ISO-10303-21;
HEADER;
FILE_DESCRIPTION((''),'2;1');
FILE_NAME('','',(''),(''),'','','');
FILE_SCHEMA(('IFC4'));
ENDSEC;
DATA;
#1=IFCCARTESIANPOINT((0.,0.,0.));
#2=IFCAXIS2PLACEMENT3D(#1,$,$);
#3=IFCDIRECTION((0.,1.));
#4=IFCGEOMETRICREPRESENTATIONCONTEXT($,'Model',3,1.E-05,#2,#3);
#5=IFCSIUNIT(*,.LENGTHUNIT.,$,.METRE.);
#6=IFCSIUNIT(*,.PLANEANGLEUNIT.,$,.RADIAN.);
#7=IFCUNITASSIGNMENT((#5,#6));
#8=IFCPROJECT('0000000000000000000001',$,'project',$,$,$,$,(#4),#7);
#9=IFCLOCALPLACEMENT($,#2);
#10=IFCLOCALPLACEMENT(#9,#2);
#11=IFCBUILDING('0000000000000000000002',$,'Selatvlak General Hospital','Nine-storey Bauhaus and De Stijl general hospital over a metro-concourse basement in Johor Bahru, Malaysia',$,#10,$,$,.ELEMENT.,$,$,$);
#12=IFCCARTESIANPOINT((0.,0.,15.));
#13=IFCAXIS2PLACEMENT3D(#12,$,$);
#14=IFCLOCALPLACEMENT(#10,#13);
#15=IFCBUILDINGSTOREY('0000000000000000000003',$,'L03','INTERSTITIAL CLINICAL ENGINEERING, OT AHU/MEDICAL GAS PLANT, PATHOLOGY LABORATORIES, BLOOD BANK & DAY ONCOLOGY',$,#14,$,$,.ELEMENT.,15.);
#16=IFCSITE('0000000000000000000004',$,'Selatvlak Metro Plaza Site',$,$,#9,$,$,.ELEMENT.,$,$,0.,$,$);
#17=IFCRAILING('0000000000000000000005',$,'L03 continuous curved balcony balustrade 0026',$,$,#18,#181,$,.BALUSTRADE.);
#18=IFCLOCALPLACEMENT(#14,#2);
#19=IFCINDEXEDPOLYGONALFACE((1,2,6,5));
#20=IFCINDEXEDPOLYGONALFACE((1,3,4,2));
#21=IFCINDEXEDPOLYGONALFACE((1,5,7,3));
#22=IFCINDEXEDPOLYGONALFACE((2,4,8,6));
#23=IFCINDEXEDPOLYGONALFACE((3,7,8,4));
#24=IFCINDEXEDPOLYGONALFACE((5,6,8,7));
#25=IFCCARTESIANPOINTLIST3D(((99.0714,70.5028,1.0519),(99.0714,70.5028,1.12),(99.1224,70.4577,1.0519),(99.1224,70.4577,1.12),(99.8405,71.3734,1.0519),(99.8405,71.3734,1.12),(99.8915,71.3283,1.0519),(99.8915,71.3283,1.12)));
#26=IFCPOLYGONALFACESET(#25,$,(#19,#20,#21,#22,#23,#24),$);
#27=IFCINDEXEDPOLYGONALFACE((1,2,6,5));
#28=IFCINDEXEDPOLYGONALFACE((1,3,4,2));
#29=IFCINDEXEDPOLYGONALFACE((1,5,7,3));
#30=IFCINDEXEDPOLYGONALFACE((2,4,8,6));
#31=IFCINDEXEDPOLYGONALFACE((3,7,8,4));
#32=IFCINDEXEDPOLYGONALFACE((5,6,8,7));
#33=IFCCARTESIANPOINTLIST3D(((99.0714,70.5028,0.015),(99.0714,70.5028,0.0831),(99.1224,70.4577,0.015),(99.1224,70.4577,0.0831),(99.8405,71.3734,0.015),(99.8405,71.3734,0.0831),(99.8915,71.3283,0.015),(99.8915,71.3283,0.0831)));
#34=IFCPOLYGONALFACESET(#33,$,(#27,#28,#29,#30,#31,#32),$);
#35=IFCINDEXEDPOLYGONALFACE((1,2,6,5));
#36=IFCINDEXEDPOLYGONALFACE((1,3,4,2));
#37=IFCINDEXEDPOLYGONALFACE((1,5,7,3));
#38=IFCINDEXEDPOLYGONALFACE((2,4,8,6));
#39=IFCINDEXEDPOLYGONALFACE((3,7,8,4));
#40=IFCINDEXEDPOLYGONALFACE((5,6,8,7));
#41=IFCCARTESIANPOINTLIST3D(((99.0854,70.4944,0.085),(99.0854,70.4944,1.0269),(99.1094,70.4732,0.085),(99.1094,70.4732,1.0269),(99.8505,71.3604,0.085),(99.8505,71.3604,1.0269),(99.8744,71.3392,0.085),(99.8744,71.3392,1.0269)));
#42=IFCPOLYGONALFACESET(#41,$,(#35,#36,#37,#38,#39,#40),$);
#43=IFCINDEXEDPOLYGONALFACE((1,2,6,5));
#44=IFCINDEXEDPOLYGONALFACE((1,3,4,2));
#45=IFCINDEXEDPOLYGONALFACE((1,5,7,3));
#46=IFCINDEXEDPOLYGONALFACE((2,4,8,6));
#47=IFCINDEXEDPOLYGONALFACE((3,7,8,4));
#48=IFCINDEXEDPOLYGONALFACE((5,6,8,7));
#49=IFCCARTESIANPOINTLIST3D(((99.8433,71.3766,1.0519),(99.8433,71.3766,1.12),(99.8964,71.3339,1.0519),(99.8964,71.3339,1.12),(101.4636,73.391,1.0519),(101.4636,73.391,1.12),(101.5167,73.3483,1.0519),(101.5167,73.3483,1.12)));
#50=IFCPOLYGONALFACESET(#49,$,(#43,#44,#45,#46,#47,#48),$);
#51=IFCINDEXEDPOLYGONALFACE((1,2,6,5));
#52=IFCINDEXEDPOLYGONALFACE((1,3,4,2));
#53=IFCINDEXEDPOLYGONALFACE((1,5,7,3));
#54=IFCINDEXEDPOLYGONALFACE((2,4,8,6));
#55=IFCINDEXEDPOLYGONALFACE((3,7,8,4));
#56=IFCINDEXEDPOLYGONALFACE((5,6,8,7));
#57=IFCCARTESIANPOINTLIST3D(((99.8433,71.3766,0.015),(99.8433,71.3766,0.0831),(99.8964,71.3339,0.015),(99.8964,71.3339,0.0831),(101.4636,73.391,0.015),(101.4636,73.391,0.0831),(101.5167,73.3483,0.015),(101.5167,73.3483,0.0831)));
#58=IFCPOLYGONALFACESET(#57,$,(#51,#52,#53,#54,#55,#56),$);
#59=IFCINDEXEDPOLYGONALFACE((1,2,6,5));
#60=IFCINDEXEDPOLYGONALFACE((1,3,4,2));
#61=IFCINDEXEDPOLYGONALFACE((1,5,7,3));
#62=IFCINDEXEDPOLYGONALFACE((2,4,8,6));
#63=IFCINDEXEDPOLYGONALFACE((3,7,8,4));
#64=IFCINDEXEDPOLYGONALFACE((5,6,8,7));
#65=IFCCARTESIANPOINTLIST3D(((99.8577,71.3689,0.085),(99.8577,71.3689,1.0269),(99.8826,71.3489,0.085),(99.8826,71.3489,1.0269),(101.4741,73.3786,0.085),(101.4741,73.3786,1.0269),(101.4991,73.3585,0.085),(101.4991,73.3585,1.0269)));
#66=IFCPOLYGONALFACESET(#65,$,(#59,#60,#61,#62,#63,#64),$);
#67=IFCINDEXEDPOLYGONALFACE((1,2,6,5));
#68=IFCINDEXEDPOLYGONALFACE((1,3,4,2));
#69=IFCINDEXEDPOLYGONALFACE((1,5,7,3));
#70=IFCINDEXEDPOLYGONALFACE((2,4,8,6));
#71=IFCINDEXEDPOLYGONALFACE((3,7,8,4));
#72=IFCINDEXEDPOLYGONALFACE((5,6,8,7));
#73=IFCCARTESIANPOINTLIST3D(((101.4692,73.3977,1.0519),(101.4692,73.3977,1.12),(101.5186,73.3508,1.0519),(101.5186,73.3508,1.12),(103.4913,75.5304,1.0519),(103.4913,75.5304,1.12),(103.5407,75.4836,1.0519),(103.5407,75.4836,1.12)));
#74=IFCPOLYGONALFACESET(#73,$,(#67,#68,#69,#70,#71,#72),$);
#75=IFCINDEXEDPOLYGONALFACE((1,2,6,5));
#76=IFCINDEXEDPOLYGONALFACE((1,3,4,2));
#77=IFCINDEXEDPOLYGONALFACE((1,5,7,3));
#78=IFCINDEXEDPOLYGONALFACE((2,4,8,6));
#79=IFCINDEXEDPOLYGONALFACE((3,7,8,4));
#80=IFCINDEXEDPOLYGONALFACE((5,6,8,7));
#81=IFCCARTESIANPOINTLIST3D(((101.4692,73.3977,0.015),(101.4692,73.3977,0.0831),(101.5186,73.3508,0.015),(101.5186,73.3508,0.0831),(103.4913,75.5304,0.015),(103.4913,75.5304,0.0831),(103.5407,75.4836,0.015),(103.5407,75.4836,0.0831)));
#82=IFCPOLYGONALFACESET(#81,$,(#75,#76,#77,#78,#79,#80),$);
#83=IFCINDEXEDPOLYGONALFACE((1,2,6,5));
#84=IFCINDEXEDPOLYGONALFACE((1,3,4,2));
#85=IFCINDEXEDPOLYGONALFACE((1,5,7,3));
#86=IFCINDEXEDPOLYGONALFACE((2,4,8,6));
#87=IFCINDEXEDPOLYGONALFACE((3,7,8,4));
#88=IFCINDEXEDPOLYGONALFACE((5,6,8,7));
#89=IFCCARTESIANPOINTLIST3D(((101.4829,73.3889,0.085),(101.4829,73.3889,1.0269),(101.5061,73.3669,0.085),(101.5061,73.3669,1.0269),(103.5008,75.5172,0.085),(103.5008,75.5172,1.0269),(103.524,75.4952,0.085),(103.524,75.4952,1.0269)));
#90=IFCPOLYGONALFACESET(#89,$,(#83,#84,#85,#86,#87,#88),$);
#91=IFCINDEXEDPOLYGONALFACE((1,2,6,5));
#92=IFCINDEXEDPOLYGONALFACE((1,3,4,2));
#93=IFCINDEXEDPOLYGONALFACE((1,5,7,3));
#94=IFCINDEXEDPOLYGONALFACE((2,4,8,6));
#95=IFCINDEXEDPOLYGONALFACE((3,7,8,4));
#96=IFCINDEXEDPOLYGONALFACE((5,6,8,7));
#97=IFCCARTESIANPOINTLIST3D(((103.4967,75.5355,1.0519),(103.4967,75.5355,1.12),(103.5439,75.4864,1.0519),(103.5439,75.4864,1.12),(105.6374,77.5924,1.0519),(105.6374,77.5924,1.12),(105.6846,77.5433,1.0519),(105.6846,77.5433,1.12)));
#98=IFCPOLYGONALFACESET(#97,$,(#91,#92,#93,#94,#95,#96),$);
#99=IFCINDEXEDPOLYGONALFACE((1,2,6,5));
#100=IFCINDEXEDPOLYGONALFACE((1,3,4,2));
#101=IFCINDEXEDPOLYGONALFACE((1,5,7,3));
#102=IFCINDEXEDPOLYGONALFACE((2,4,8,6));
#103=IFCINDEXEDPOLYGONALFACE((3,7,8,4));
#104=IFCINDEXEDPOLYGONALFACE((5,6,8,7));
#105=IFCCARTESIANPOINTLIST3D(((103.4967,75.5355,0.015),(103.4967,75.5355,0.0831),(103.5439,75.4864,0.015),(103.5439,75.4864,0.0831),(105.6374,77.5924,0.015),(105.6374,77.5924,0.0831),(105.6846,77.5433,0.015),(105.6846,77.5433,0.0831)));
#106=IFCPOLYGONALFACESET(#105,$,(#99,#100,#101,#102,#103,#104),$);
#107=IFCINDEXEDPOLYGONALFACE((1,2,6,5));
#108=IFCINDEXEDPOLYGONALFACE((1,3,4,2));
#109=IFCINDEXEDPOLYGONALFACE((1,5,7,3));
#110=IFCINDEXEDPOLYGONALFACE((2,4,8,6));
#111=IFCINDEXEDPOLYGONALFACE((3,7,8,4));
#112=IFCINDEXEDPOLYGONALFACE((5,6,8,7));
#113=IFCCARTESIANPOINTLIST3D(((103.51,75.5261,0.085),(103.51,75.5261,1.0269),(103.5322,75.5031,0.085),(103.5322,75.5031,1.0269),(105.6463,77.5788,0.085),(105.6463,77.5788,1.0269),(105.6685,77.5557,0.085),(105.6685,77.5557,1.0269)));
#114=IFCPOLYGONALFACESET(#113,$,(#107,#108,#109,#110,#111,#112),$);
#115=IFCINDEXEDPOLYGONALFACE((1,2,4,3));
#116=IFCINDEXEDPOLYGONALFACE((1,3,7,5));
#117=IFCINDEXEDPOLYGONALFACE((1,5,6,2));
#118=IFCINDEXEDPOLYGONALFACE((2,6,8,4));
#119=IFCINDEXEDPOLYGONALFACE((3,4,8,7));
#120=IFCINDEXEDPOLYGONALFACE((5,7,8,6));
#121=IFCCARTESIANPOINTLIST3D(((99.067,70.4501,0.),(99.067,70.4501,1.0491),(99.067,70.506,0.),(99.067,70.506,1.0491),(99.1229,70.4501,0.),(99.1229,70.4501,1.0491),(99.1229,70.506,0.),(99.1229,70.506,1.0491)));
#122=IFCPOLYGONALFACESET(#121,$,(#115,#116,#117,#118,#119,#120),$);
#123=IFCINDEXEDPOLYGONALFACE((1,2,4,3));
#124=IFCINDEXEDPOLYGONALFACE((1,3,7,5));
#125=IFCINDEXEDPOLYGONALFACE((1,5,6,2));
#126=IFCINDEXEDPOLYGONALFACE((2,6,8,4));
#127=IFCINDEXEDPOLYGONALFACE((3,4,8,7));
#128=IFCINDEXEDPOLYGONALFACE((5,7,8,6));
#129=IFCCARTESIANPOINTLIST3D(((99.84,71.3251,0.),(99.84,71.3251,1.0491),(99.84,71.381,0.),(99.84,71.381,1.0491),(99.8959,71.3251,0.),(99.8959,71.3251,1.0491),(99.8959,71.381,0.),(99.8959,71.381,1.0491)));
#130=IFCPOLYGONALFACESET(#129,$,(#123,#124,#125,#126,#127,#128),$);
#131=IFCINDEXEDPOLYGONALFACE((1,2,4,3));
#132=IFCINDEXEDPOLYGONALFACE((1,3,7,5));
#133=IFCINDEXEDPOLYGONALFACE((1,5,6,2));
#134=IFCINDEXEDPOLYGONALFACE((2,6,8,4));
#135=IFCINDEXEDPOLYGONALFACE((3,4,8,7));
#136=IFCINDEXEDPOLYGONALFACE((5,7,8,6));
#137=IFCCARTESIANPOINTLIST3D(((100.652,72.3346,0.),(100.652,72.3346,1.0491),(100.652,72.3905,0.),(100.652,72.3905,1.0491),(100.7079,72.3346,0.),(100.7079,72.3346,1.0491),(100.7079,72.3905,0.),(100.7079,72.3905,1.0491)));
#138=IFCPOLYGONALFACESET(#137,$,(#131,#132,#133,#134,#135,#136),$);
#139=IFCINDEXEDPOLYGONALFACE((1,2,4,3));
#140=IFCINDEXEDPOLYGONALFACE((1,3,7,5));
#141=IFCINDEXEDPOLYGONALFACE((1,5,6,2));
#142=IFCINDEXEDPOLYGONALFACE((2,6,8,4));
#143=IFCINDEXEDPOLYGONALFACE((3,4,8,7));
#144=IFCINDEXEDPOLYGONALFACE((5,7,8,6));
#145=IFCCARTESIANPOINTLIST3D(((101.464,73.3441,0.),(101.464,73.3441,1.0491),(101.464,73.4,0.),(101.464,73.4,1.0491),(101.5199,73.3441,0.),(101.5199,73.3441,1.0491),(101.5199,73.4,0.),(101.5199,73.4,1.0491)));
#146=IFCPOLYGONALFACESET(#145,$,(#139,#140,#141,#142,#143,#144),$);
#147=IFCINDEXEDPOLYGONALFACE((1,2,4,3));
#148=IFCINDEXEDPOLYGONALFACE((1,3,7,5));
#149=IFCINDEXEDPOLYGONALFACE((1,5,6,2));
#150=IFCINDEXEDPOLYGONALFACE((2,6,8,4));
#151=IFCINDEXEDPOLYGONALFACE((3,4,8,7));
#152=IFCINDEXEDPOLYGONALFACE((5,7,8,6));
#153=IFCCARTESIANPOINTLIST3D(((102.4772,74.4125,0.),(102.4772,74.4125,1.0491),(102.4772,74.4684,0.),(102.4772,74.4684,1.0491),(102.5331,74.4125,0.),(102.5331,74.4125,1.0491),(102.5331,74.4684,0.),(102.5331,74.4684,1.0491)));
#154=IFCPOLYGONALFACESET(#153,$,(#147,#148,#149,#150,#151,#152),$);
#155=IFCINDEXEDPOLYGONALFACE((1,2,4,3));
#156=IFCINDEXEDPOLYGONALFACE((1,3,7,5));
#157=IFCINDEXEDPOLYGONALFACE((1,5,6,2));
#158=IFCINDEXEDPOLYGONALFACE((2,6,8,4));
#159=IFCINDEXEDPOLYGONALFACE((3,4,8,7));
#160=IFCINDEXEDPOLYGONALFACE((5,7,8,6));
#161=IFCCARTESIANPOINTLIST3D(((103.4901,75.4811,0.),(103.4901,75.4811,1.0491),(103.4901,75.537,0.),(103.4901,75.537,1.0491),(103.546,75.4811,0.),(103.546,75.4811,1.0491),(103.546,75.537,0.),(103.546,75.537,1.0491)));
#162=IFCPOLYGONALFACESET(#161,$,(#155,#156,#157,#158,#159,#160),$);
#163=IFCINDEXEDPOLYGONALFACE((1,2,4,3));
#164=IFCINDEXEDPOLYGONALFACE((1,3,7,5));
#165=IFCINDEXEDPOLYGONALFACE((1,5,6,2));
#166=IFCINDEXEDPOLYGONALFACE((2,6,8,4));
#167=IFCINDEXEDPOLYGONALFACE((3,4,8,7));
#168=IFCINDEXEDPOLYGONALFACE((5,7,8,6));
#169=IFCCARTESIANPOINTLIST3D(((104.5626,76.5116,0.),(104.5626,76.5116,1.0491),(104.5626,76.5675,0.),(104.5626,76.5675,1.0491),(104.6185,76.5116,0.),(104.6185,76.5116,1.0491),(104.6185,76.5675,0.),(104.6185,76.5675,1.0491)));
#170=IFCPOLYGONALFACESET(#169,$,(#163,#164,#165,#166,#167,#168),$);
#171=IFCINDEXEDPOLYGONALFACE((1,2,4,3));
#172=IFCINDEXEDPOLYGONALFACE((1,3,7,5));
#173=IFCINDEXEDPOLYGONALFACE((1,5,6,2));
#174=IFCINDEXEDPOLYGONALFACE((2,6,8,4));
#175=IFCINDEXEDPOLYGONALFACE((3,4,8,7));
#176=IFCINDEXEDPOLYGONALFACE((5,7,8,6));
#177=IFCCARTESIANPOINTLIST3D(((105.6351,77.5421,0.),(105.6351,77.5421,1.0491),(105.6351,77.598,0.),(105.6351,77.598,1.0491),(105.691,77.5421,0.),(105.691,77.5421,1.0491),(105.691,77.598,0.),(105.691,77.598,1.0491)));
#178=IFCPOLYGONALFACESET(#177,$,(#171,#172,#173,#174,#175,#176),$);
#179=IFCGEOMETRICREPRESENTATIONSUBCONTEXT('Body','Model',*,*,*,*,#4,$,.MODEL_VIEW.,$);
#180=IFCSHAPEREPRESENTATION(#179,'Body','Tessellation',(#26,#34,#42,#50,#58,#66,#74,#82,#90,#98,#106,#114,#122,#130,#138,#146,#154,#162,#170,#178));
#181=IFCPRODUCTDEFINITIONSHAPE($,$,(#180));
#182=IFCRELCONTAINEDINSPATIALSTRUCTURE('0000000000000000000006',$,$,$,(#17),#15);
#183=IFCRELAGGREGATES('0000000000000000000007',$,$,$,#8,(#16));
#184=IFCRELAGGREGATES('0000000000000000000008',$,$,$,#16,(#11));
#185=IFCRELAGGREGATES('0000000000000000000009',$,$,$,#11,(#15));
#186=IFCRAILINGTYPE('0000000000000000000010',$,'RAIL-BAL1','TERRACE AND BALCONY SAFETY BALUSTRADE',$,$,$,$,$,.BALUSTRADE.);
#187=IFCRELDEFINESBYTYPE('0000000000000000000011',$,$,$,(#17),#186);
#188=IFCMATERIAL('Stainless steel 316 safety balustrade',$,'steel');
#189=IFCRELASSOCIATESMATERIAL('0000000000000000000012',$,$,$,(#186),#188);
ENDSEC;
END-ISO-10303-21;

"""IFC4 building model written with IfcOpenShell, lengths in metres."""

from ifc_helpers import new_model, si_unit, direction, frame, origin, origin_2d, place, context, subcontext, project, spatial, polyline, rectangle, outline, extrude, material, type_object, element, save


model = new_model("IFC4")

# Units and contexts
model_context = context("Model", 3, precision=1e-05, world=origin(), true_north=direction((0.0, 1.0)))
body_context = subcontext(model_context, "Body", "Model", "MODEL_VIEW")
ifc_project = project(units=[si_unit("LENGTHUNIT", "METRE"), si_unit("PLANEANGLEUNIT", "RADIAN")], contexts=[model_context])

# Site, building, storey
site_placement = place(None, origin())
site = spatial("IfcSite", under=ifc_project, at=site_placement, Name="Selatvlak Metro Plaza Site", CompositionType="ELEMENT", RefElevation=0.0)
building_placement = place(site_placement, origin())
building = spatial("IfcBuilding", under=site, at=building_placement, Name="Selatvlak General Hospital", Description="Nine-storey Bauhaus and De Stijl general hospital over a metro-concourse basement in Johor Bahru, Malaysia", CompositionType="ELEMENT")
storey_placement = place(building_placement, frame((0.0, 0.0, 15.0)))
storey = spatial("IfcBuildingStorey", under=building, at=storey_placement, Name="L03", Description="INTERSTITIAL CLINICAL ENGINEERING, OT AHU/MEDICAL GAS PLANT, PATHOLOGY LABORATORIES, BLOOD BANK & DAY ONCOLOGY", CompositionType="ELEMENT", Elevation=15.0)

# Railing
ifc_material_1 = material(Name="Stainless steel 316 safety balustrade", Category="steel")
railing_type = type_object("IfcRailingType", Name="RAIL-BAL1", Description="TERRACE AND BALCONY SAFETY BALUSTRADE", PredefinedType="BALUSTRADE", material=ifc_material_1)
railing_placement = place(storey_placement, frame((99.095, 70.478, 0.0)))
element("IfcRailing", 1, at=railing_placement, inside=storey, type_object=railing_type, Name="L03 continuous curved balcony balustrade 0026", PredefinedType="BALUSTRADE", context=body_context, shape_type="SweptSolid", body=[
    extrude(rectangle(XDim=0.0681, YDim=0.0681, at=origin_2d()), frame((0.002, 0.0022, 1.0859), z_axis=(0.66205, 0.749459, 0.0), x_axis=(-0.749459, 0.66205, 0.0)), (0.0, 0.0, 1.0), 1.1616),
    extrude(rectangle(XDim=0.0681, YDim=0.0681, at=origin_2d()), frame((0.002, 0.0022, 0.0491), z_axis=(0.66205, 0.749459, 0.0), x_axis=(-0.749459, 0.66205, 0.0)), (0.0, 0.0, 1.0), 1.1616),
    extrude(outline(polyline([(0.0, 0.0), (1.1555, 0.0), (1.1555, 0.9419), (0.0, 0.9419), (0.0, 0.0)])), frame((-0.0095, 0.0164, 0.085), z_axis=(0.749459, -0.66205, 0.0), x_axis=(0.66205, 0.749459, 0.0)), (0.0, 0.0, 1.0), 0.032),
    extrude(rectangle(XDim=0.0681, YDim=0.0681, at=origin_2d()), frame((0.7749, 0.8772, 1.0859), z_axis=(0.626761, 0.779211, 0.0), x_axis=(-0.779211, 0.626761, 0.0)), (0.0, 0.0, 1.0), 2.5852),
    extrude(rectangle(XDim=0.0681, YDim=0.0681, at=origin_2d()), frame((0.7749, 0.8772, 0.0491), z_axis=(0.626761, 0.779211, 0.0), x_axis=(-0.779211, 0.626761, 0.0)), (0.0, 0.0, 1.0), 2.5852),
    extrude(outline(polyline([(0.0, 0.0), (2.5791, 0.0), (2.5791, 0.9419), (0.0, 0.9419), (0.0, 0.0)])), frame((0.7627, 0.8909, 0.085), z_axis=(0.779211, -0.626761, 0.0), x_axis=(0.626761, 0.779211, 0.0)), (0.0, 0.0, 1.0), 0.032),
    extrude(rectangle(XDim=0.0681, YDim=0.0681, at=origin_2d()), frame((2.3989, 2.8962, 1.0859), z_axis=(0.688037, 0.725676, 0.0), x_axis=(-0.725676, 0.688037, 0.0)), (0.0, 0.0, 1.0), 2.939),
    extrude(rectangle(XDim=0.0681, YDim=0.0681, at=origin_2d()), frame((2.3989, 2.8962, 0.0491), z_axis=(0.688037, 0.725676, 0.0), x_axis=(-0.725676, 0.688037, 0.0)), (0.0, 0.0, 1.0), 2.939),
    extrude(outline(polyline([(0.0, 0.0), (2.9329, 0.0), (2.9329, 0.9419), (0.0, 0.9419), (0.0, 0.0)])), frame((2.3879, 2.9109, 0.085), z_axis=(0.725676, -0.688037, 0.0), x_axis=(0.688037, 0.725676, 0.0)), (0.0, 0.0, 1.0), 0.032),
    extrude(rectangle(XDim=0.0681, YDim=0.0681, at=origin_2d()), frame((4.4253, 5.033, 1.0859), z_axis=(0.721082, 0.69285, 0.0), x_axis=(-0.69285, 0.721082, 0.0)), (0.0, 0.0, 1.0), 2.9688),
    extrude(rectangle(XDim=0.0681, YDim=0.0681, at=origin_2d()), frame((4.4253, 5.033, 0.0491), z_axis=(0.721082, 0.69285, 0.0), x_axis=(-0.69285, 0.721082, 0.0)), (0.0, 0.0, 1.0), 2.9688),
    extrude(outline(polyline([(0.0, 0.0), (2.9626, 0.0), (2.9626, 0.9419), (0.0, 0.9419), (0.0, 0.0)])), frame((4.415, 5.0481, 0.085), z_axis=(0.69285, -0.721082, 0.0), x_axis=(0.721082, 0.69285, 0.0)), (0.0, 0.0, 1.0), 0.032),
    extrude(rectangle(XDim=0.0559, YDim=0.0559, at=origin_2d()), origin(), (0.0, 0.0, 1.0), 1.0491),
    extrude(rectangle(XDim=0.0559, YDim=0.0559, at=origin_2d()), frame((0.7729, 0.875, 0.0)), (0.0, 0.0, 1.0), 1.0491),
    extrude(rectangle(XDim=0.0559, YDim=0.0559, at=origin_2d()), frame((1.585, 1.8845, 0.0)), (0.0, 0.0, 1.0), 1.0491),
    extrude(rectangle(XDim=0.0559, YDim=0.0559, at=origin_2d()), frame((2.397, 2.894, 0.0)), (0.0, 0.0, 1.0), 1.0491),
    extrude(rectangle(XDim=0.0559, YDim=0.0559, at=origin_2d()), frame((3.4102, 3.9624, 0.0)), (0.0, 0.0, 1.0), 1.0491),
    extrude(rectangle(XDim=0.0559, YDim=0.0559, at=origin_2d()), frame((4.4231, 5.031, 0.0)), (0.0, 0.0, 1.0), 1.0491),
    extrude(rectangle(XDim=0.0559, YDim=0.0559, at=origin_2d()), frame((5.4956, 6.0615, 0.0)), (0.0, 0.0, 1.0), 1.0491),
    extrude(rectangle(XDim=0.0559, YDim=0.0559, at=origin_2d()), frame((6.5681, 7.092, 0.0)), (0.0, 0.0, 1.0), 1.0491),
])

save(model, "model.ifc")
